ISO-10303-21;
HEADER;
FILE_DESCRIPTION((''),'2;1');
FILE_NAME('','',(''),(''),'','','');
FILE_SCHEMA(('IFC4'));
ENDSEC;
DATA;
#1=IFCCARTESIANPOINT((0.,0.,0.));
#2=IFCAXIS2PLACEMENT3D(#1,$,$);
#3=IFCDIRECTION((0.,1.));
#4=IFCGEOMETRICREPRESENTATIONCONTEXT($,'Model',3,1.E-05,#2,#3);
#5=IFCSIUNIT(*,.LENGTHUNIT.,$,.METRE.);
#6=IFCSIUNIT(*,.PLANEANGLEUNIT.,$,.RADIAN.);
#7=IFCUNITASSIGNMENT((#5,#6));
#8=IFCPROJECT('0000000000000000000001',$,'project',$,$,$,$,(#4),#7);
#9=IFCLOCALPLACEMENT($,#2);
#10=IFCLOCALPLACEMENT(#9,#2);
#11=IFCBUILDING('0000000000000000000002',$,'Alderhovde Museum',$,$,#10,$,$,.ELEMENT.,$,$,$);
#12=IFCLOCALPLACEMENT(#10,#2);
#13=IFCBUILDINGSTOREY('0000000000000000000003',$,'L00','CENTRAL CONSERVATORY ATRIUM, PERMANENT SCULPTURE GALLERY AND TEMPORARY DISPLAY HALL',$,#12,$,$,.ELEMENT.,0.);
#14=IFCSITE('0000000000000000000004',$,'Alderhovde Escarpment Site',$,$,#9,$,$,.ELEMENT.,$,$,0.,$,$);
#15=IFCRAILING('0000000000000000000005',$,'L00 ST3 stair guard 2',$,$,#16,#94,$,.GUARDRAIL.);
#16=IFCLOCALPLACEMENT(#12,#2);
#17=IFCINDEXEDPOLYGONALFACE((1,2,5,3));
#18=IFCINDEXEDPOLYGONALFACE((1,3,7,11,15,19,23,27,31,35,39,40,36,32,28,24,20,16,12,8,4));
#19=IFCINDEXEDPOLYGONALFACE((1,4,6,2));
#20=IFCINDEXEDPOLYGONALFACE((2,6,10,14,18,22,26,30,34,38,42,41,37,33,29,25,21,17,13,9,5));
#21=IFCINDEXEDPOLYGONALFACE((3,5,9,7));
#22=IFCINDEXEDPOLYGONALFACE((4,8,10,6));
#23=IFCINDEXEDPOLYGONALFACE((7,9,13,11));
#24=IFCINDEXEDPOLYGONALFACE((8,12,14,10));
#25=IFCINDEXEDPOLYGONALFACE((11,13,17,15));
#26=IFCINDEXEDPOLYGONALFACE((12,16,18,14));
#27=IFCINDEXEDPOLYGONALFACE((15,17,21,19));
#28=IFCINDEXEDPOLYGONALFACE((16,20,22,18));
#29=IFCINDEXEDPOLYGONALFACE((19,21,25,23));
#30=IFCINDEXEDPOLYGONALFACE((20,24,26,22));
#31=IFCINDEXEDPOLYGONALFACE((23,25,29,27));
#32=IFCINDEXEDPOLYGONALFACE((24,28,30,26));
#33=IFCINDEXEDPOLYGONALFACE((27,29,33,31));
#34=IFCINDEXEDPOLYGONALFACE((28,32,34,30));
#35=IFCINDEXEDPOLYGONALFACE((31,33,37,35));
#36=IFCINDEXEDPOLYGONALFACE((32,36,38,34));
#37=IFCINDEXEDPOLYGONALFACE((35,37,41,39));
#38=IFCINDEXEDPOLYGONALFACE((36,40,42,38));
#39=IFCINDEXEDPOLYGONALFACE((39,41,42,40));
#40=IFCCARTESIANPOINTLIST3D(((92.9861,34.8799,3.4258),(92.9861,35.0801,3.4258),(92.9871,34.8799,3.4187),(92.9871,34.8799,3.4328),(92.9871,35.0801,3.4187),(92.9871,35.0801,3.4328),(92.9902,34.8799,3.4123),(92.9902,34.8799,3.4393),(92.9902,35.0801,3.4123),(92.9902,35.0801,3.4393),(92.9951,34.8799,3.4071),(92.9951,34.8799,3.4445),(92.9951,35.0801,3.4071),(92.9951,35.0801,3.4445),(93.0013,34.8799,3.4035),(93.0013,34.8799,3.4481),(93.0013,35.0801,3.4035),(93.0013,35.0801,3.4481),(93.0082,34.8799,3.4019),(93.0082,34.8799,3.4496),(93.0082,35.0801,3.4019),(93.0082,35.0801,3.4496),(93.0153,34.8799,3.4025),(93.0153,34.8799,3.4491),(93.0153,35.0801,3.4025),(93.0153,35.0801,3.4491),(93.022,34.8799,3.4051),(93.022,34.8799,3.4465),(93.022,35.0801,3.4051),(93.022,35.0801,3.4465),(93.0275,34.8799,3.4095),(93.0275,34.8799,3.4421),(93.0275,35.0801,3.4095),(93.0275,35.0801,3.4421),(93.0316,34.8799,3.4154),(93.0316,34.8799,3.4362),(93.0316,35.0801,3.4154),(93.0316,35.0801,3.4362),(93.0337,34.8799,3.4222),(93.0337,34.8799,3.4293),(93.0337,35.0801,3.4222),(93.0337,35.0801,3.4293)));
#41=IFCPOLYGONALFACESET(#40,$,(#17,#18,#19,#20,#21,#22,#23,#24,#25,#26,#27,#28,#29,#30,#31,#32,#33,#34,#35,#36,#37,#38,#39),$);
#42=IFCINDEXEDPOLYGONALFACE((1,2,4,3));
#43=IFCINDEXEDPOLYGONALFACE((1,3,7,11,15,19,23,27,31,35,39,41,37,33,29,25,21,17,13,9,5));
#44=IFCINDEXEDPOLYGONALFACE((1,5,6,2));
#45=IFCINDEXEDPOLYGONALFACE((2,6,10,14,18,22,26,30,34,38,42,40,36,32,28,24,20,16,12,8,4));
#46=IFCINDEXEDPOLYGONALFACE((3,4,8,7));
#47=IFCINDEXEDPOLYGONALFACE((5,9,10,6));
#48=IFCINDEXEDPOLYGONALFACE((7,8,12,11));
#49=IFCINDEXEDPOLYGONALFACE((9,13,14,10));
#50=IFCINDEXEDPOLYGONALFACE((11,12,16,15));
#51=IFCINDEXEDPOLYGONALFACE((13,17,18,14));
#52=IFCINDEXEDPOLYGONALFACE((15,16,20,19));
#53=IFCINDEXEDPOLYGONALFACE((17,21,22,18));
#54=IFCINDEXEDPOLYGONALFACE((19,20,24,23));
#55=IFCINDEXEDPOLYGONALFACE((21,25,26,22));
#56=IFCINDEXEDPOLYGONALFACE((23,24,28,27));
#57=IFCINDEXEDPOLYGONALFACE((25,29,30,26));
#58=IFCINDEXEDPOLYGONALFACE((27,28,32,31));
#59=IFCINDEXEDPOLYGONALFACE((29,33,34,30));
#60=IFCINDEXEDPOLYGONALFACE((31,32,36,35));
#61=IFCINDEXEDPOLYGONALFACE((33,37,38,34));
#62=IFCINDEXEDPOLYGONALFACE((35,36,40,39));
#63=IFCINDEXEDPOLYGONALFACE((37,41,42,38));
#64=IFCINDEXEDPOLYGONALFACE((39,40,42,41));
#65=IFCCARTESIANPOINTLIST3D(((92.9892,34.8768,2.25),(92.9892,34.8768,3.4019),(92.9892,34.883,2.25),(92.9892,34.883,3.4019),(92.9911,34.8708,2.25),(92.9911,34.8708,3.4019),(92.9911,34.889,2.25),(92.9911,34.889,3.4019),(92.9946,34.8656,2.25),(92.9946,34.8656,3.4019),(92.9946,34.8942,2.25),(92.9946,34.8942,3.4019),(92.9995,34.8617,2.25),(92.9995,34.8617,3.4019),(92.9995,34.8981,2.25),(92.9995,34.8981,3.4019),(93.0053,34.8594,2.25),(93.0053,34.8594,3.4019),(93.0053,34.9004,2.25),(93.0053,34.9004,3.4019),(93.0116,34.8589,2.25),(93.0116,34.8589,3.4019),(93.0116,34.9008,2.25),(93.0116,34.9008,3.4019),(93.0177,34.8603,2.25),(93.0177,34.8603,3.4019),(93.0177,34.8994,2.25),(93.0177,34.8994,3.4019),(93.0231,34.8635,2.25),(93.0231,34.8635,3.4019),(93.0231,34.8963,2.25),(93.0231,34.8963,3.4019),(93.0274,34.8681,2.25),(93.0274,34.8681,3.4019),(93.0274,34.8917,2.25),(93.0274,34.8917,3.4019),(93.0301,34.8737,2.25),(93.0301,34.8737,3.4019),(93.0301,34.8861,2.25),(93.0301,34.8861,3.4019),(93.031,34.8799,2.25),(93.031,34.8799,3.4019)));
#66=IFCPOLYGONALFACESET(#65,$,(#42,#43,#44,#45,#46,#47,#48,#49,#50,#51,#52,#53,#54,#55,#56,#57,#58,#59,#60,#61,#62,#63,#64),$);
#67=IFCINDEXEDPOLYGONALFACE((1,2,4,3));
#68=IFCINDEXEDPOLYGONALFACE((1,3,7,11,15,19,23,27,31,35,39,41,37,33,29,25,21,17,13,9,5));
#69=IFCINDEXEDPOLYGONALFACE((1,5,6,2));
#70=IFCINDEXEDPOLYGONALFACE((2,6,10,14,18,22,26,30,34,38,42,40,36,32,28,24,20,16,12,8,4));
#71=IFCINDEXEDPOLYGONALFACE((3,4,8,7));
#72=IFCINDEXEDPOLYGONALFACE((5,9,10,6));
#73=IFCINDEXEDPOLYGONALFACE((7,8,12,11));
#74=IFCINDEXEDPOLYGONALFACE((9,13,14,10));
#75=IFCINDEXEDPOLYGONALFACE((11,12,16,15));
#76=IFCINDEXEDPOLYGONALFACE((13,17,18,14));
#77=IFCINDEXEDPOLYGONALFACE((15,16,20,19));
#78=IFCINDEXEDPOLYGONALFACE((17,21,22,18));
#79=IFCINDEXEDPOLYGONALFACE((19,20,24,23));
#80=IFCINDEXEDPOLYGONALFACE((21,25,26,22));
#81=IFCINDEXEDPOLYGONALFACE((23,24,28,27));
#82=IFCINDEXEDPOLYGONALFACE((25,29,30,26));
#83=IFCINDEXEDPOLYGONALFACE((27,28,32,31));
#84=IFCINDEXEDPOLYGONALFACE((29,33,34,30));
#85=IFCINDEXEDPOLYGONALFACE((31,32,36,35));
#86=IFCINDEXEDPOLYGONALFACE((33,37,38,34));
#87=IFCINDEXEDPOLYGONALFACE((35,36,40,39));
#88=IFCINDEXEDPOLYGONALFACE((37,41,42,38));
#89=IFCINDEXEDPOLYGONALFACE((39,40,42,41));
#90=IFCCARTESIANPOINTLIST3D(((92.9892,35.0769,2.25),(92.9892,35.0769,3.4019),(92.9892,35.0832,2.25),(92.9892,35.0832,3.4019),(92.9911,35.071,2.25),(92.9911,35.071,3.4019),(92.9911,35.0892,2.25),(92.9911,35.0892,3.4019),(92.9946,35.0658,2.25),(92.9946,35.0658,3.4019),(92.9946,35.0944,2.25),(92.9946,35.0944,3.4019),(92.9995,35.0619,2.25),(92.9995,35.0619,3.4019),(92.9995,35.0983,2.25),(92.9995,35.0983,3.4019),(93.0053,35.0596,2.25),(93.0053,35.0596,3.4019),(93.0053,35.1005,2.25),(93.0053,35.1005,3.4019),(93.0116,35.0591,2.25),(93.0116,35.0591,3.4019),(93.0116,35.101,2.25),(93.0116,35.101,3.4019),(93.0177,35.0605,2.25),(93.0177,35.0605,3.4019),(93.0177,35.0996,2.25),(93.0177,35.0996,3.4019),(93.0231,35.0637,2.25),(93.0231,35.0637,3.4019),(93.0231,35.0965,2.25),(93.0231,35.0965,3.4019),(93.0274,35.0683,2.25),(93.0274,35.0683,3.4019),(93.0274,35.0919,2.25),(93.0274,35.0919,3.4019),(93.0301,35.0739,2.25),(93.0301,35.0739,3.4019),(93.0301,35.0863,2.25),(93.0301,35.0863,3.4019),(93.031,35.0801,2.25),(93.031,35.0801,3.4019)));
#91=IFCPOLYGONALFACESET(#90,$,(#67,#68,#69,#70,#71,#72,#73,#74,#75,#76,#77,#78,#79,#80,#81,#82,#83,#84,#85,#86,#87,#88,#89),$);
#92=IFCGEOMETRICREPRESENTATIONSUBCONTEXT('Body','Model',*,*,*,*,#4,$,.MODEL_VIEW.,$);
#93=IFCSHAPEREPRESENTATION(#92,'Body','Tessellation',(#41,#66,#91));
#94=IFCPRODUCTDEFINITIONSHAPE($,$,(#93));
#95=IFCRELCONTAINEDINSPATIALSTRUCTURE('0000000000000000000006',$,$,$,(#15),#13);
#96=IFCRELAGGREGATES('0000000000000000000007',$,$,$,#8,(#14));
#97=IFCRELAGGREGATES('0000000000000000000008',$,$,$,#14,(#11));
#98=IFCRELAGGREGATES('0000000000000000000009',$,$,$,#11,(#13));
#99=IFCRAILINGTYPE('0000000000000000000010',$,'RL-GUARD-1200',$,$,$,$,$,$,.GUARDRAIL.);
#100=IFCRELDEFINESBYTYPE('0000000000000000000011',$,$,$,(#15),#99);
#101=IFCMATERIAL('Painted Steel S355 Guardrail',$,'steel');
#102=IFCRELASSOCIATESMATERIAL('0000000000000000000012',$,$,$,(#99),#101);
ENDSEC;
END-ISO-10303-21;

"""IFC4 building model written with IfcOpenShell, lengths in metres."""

from ifc_helpers import new_model, si_unit, direction, frame, origin, origin_2d, place, context, subcontext, project, spatial, circle, extrude, material, type_object, element, save


model = new_model("IFC4")

# Units and contexts
model_context = context("Model", 3, precision=1e-05, world=origin(), true_north=direction((0.0, 1.0)))
body_context = subcontext(model_context, "Body", "Model", "MODEL_VIEW")
ifc_project = project(units=[si_unit("LENGTHUNIT", "METRE"), si_unit("PLANEANGLEUNIT", "RADIAN")], contexts=[model_context])

# Site, building, storey
site_placement = place(None, origin())
site = spatial("IfcSite", under=ifc_project, at=site_placement, Name="Alderhovde Escarpment Site", CompositionType="ELEMENT", RefElevation=0.0)
building_placement = place(site_placement, origin())
building = spatial("IfcBuilding", under=site, at=building_placement, Name="Alderhovde Museum", CompositionType="ELEMENT")
storey_placement = place(building_placement, origin())
storey = spatial("IfcBuildingStorey", under=building, at=storey_placement, Name="L00", Description="CENTRAL CONSERVATORY ATRIUM, PERMANENT SCULPTURE GALLERY AND TEMPORARY DISPLAY HALL", CompositionType="ELEMENT", Elevation=0.0)

# Railing
ifc_material_1 = material(Name="Painted Steel S355 Guardrail", Category="steel")
railing_type_1 = type_object("IfcRailingType", Name="RL-GUARD-1200", PredefinedType="GUARDRAIL", material=ifc_material_1)
railing_1_placement = place(storey_placement, frame((93.01, 34.8799, 2.25)))
element("IfcRailing", 1, at=railing_1_placement, inside=storey, type_object=railing_type_1, Name="L00 ST3 stair guard 2", PredefinedType="GUARDRAIL", context=body_context, shape_type="SweptSolid", body=[
    extrude(circle(Radius=0.0239, at=origin_2d()), frame((0.0, 0.0, 1.1758), z_axis=(0.0, 1.0, 0.0), x_axis=(-1.0, 0.0, 0.0)), (0.0, 0.0, 1.0), 0.2002),
    extrude(circle(Radius=0.021, at=origin_2d()), origin(), (0.0, 0.0, 1.0), 1.1519),
    extrude(circle(Radius=0.021, at=origin_2d()), frame((0.0, 0.2002, 0.0)), (0.0, 0.0, 1.0), 1.1519),
])

save(model, "model.ifc")
